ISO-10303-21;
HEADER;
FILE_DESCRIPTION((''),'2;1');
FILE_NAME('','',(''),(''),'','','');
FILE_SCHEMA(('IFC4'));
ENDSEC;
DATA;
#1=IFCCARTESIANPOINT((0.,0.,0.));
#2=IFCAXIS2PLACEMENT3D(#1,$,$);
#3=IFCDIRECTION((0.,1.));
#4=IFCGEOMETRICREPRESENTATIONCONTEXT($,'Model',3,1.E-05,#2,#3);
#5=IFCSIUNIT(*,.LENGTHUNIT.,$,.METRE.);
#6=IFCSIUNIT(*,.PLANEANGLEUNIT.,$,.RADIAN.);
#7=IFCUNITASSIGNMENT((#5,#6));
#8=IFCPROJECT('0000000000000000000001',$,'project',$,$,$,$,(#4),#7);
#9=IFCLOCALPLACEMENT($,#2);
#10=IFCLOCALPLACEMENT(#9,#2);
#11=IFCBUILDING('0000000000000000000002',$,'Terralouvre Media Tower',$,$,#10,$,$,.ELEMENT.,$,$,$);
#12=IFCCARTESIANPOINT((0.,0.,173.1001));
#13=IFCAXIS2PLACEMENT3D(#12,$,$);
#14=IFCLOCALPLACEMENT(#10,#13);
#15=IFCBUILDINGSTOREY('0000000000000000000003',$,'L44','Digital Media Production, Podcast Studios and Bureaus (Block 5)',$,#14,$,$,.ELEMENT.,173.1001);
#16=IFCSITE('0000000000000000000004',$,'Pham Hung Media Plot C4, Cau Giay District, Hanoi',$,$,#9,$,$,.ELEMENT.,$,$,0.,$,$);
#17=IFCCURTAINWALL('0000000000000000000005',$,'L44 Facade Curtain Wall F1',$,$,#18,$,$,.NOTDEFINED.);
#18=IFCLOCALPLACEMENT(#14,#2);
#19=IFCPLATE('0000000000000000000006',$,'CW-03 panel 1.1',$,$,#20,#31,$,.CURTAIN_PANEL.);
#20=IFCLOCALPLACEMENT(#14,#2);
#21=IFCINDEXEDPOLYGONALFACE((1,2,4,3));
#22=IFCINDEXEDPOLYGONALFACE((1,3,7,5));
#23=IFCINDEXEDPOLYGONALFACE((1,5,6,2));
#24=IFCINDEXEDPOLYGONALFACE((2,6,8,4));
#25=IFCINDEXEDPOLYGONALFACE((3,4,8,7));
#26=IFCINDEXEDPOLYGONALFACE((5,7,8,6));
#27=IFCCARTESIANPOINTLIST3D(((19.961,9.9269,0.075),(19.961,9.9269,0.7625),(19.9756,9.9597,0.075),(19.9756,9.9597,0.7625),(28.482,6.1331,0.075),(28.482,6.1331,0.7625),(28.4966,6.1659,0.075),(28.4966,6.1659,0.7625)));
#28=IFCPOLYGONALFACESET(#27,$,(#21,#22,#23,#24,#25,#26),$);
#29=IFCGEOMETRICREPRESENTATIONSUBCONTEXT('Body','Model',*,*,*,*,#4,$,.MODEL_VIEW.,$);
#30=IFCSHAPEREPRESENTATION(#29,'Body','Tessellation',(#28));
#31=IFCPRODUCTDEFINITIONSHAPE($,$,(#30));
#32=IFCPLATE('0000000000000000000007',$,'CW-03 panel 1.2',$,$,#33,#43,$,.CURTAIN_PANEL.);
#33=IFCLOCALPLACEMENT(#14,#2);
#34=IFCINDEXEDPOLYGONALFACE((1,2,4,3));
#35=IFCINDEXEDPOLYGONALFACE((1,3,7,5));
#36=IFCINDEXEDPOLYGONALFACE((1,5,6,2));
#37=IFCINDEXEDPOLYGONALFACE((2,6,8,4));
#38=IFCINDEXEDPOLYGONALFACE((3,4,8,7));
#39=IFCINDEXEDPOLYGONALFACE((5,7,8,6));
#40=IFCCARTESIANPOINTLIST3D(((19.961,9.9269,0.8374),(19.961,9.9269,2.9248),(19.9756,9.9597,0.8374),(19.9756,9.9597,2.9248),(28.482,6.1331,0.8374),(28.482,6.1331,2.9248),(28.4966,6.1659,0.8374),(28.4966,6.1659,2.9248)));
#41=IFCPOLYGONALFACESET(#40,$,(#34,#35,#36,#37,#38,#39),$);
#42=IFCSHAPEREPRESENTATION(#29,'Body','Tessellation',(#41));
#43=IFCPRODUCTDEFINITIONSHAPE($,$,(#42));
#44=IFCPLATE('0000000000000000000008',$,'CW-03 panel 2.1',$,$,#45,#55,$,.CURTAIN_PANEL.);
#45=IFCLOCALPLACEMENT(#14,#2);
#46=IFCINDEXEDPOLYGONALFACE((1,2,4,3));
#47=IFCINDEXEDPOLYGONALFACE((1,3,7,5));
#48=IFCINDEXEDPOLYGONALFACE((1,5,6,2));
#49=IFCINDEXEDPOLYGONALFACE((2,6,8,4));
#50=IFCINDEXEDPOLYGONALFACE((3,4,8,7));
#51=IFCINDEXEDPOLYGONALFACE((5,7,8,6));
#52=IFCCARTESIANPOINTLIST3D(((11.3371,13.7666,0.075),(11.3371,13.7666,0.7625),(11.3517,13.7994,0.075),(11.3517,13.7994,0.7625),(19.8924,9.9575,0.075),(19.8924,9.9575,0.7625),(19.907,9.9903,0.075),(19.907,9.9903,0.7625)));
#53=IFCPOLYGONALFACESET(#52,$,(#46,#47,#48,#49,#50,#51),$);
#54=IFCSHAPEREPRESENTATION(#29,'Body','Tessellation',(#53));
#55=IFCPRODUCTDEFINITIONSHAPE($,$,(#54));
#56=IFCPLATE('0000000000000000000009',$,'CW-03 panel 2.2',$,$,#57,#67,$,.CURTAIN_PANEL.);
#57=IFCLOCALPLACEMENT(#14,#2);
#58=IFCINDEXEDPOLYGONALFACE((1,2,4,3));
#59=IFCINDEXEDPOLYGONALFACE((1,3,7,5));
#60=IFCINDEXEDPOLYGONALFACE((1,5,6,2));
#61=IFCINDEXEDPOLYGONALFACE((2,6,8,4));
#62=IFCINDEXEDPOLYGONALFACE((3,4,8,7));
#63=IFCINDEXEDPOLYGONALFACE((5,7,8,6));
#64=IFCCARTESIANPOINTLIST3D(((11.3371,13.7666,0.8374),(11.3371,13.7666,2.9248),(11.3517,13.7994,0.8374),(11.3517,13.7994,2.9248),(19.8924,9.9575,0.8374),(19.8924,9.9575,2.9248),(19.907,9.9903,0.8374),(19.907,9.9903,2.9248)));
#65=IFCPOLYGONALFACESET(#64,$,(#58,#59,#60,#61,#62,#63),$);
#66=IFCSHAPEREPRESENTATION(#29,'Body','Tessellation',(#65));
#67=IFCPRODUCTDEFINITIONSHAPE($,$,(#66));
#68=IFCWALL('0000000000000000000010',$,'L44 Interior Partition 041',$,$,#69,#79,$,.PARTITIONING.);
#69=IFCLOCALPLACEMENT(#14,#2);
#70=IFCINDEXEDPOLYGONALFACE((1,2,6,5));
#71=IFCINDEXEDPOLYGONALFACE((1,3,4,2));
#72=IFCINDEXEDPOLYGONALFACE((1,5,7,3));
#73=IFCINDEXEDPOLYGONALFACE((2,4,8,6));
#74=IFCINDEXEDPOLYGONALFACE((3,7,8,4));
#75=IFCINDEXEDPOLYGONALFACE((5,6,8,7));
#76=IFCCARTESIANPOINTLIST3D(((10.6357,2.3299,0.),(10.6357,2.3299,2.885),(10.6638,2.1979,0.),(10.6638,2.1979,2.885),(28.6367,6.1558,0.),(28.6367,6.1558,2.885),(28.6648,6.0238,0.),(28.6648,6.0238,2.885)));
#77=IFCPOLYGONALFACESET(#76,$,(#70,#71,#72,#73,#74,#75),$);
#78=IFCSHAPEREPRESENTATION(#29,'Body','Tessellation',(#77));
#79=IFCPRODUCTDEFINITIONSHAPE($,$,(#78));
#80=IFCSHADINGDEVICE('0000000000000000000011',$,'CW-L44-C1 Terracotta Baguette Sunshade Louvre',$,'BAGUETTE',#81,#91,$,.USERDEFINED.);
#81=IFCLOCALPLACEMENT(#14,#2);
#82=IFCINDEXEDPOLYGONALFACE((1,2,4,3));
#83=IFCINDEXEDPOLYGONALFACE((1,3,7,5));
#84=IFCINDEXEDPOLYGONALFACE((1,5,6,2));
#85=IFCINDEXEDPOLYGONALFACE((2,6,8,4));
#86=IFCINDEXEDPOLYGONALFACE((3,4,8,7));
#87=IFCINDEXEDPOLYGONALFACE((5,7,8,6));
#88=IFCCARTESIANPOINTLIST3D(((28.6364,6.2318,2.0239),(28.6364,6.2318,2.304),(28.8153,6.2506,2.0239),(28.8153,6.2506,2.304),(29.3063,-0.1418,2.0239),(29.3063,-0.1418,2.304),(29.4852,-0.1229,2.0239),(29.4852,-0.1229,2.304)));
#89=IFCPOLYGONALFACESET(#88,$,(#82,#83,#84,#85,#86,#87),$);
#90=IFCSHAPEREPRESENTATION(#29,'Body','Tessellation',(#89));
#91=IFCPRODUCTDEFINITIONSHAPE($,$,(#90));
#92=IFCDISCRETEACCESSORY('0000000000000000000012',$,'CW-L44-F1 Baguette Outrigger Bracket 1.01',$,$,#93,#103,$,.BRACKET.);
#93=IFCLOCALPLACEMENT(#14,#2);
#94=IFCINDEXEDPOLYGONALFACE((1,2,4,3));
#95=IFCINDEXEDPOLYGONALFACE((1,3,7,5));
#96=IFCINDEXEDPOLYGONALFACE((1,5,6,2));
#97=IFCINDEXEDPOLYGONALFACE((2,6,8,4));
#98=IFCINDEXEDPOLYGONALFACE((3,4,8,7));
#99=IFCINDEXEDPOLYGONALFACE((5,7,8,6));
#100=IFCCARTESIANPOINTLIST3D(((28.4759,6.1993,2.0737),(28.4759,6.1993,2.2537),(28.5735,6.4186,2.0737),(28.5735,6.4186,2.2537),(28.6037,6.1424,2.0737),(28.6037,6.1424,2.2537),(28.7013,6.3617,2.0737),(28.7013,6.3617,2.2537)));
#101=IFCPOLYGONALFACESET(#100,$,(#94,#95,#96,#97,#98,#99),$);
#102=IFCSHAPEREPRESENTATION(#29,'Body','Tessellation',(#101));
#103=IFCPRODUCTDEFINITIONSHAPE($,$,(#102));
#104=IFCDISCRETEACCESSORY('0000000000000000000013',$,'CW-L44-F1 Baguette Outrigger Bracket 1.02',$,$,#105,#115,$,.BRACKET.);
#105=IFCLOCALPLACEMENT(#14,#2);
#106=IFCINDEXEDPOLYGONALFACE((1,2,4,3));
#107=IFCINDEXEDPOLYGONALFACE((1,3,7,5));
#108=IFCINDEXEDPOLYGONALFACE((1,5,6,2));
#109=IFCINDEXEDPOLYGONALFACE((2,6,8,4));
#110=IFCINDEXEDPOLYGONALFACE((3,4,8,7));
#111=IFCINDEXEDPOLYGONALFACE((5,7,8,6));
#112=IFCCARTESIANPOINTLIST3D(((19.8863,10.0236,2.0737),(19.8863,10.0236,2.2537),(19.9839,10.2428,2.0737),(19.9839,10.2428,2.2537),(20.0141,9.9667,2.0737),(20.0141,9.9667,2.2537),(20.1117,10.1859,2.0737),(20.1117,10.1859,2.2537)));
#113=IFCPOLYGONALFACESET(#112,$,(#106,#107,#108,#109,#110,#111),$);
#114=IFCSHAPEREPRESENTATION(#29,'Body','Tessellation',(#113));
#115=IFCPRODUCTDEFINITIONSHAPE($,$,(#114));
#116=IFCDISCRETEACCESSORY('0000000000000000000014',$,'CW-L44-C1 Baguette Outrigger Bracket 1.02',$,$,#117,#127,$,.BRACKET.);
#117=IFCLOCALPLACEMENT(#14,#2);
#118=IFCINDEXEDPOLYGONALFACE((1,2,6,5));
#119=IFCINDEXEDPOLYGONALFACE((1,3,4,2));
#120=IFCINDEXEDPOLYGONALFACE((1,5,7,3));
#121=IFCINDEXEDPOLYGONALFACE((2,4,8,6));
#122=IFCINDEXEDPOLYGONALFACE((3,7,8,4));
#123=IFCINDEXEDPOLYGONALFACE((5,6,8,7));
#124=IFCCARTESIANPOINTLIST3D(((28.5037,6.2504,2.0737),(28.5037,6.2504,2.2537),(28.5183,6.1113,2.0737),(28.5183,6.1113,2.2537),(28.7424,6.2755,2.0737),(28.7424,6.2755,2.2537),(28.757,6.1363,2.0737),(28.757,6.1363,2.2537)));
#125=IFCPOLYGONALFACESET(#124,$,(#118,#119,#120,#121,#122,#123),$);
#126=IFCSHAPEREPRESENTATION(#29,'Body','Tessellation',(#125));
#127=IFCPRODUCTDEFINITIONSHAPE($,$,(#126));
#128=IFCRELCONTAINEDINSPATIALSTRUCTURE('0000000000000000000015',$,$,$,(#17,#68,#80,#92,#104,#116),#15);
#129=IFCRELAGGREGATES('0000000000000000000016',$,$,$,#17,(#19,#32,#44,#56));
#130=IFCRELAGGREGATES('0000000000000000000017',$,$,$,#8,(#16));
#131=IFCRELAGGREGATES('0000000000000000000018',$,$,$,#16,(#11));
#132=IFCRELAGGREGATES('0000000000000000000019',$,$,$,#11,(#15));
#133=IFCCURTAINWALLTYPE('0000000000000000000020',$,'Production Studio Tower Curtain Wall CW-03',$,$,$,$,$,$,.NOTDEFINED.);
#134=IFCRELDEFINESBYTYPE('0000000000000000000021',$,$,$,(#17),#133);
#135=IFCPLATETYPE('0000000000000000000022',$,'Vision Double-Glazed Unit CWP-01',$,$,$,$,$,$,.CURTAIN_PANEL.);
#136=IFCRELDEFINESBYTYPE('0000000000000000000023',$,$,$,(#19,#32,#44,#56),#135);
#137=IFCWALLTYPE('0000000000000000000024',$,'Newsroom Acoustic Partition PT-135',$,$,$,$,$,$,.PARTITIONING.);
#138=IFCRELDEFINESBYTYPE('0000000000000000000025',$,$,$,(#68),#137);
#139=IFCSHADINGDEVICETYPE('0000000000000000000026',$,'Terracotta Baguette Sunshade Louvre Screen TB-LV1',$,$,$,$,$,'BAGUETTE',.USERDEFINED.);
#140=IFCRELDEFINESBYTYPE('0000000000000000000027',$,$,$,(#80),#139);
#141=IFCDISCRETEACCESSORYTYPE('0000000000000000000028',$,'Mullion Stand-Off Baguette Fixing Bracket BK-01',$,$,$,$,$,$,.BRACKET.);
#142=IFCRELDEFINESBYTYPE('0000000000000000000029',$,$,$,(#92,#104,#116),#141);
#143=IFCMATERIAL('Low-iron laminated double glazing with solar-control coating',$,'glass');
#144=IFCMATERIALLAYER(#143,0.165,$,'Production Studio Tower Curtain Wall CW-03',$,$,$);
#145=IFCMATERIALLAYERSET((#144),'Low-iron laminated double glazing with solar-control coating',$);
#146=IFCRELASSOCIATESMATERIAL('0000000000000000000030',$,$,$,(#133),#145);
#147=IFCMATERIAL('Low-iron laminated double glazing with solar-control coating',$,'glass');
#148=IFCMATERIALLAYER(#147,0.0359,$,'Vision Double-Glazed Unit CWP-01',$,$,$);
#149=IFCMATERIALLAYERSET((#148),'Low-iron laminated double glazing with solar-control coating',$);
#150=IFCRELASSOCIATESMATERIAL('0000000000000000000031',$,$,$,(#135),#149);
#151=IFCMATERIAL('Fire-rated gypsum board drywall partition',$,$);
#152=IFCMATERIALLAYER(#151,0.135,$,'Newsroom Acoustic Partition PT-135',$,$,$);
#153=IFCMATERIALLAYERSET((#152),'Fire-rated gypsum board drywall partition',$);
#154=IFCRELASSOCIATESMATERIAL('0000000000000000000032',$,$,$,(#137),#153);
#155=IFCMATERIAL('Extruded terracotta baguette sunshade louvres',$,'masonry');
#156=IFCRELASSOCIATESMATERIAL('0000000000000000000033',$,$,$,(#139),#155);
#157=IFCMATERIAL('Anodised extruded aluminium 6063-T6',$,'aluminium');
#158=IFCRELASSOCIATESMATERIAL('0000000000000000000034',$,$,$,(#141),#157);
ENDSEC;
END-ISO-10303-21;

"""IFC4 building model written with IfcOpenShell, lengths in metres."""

from ifc_helpers import new_model, si_unit, direction, frame, frame_2d, origin, origin_2d, place, context, subcontext, project, spatial, rectangle, extrude, material, layer, layer_set, type_object, element, aggregate, save


model = new_model("IFC4")

# Units and contexts
model_context = context("Model", 3, precision=1e-05, world=origin(), true_north=direction((0.0, 1.0)))
body_context = subcontext(model_context, "Body", "Model", "MODEL_VIEW")
ifc_project = project(units=[si_unit("LENGTHUNIT", "METRE"), si_unit("PLANEANGLEUNIT", "RADIAN")], contexts=[model_context])

# Site, building, storey
site_placement = place(None, origin())
site = spatial("IfcSite", under=ifc_project, at=site_placement, Name="Pham Hung Media Plot C4, Cau Giay District, Hanoi", CompositionType="ELEMENT", RefElevation=0.0)
building_placement = place(site_placement, origin())
building = spatial("IfcBuilding", under=site, at=building_placement, Name="Terralouvre Media Tower", CompositionType="ELEMENT")
storey_placement = place(building_placement, frame((0.0, 0.0, 173.1001)))
storey = spatial("IfcBuildingStorey", under=building, at=storey_placement, Name="L44", Description="Digital Media Production, Podcast Studios and Bureaus (Block 5)", CompositionType="ELEMENT", Elevation=173.1001)

# Curtain wall
ifc_material_1 = material(Name="Low-iron laminated double glazing with solar-control coating", Category="glass")
ifc_layer_1 = layer(ifc_material_1, 0.165, Name="Production Studio Tower Curtain Wall CW-03")
ifc_layer_set_1 = layer_set([ifc_layer_1], Name="Low-iron laminated double glazing with solar-control coating")
curtain_wall_type_1 = type_object("IfcCurtainWallType", Name="Production Studio Tower Curtain Wall CW-03", PredefinedType="NOTDEFINED", material=ifc_layer_set_1)
curtain_wall_1_placement = place(storey_placement, origin())
curtain_wall_1 = element("IfcCurtainWall", 1, at=curtain_wall_1_placement, inside=storey, type_object=curtain_wall_type_1, Name="L44 Facade Curtain Wall F1", PredefinedType="NOTDEFINED")

# Plates
ifc_material_2 = material(Name="Low-iron laminated double glazing with solar-control coating", Category="glass")
ifc_layer_2 = layer(ifc_material_2, 0.0359, Name="Vision Double-Glazed Unit CWP-01")
ifc_layer_set_2 = layer_set([ifc_layer_2], Name="Low-iron laminated double glazing with solar-control coating")
plate_type_1 = type_object("IfcPlateType", Name="Vision Double-Glazed Unit CWP-01", PredefinedType="CURTAIN_PANEL", material=ifc_layer_set_2)
plate_1_placement = place(storey_placement, frame((24.2288, 8.0464, 0.075), z_axis=(0.0, 0.0, 1.0), x_axis=(-0.913545, 0.406737, 0.0)))
plate_1 = element("IfcPlate", 2, at=plate_1_placement, type_object=plate_type_1, Name="CW-03 panel 1.1", PredefinedType="CURTAIN_PANEL", context=body_context, shape_type="SweptSolid", body=[
    extrude(rectangle(XDim=9.3274, YDim=0.0359, at=origin_2d()), origin(), (0.0, 0.0, 1.0), 0.6875),
])
plate_2_placement = place(storey_placement, frame((24.2288, 8.0464, 0.8374), z_axis=(0.0, 0.0, 1.0), x_axis=(-0.913545, 0.406737, 0.0)))
plate_2 = element("IfcPlate", 3, at=plate_2_placement, type_object=plate_type_1, Name="CW-03 panel 1.2", PredefinedType="CURTAIN_PANEL", context=body_context, shape_type="SweptSolid", body=[
    extrude(rectangle(XDim=9.3274, YDim=0.0359, at=origin_2d()), origin(), (0.0, 0.0, 1.0), 2.0874),
])
plate_3_placement = place(storey_placement, frame((15.6221, 11.8784, 0.075), z_axis=(0.0, 0.0, 1.0), x_axis=(-0.913545, 0.406737, 0.0)))
plate_3 = element("IfcPlate", 4, at=plate_3_placement, type_object=plate_type_1, Name="CW-03 panel 2.1", PredefinedType="CURTAIN_PANEL", context=body_context, shape_type="SweptSolid", body=[
    extrude(rectangle(XDim=9.365, YDim=0.0359, at=origin_2d()), origin(), (0.0, 0.0, 1.0), 0.6875),
])
plate_4_placement = place(storey_placement, frame((15.6221, 11.8784, 0.8374), z_axis=(0.0, 0.0, 1.0), x_axis=(-0.913545, 0.406737, 0.0)))
plate_4 = element("IfcPlate", 5, at=plate_4_placement, type_object=plate_type_1, Name="CW-03 panel 2.2", PredefinedType="CURTAIN_PANEL", context=body_context, shape_type="SweptSolid", body=[
    extrude(rectangle(XDim=9.365, YDim=0.0359, at=origin_2d()), origin(), (0.0, 0.0, 1.0), 2.0874),
])
aggregate(curtain_wall_1, [plate_1, plate_2, plate_3, plate_4])

# Wall
ifc_material_3 = material(Name="Fire-rated gypsum board drywall partition")
ifc_layer_3 = layer(ifc_material_3, 0.135, Name="Newsroom Acoustic Partition PT-135")
ifc_layer_set_3 = layer_set([ifc_layer_3], Name="Fire-rated gypsum board drywall partition")
wall_type = type_object("IfcWallType", Name="Newsroom Acoustic Partition PT-135", PredefinedType="PARTITIONING", material=ifc_layer_set_3)
wall_placement = place(storey_placement, frame((28.6509, 6.0898, 0.0), z_axis=(0.0, 0.0, 1.0), x_axis=(-0.978151, -0.207896, 0.0)))
element("IfcWall", 6, at=wall_placement, inside=storey, type_object=wall_type, Name="L44 Interior Partition 041", PredefinedType="PARTITIONING", context=body_context, shape_type="SweptSolid", body=[
    extrude(rectangle(XDim=18.4031, YDim=0.135, at=frame_2d((9.2017, 0.0))), origin(), (0.0, 0.0, 1.0), 2.885),
])

# Shading device
ifc_material_4 = material(Name="Extruded terracotta baguette sunshade louvres", Category="masonry")
shading_device_type = type_object("IfcShadingDeviceType", Name="Terracotta Baguette Sunshade Louvre Screen TB-LV1", ElementType="BAGUETTE", PredefinedType="USERDEFINED", material=ifc_material_4)
shading_device_placement = place(storey_placement, frame((29.0608, 3.0544, 2.0239), z_axis=(0.0, 0.0, 1.0), x_axis=(-0.104529, 0.994522, 0.0)))
element("IfcShadingDevice", 7, at=shading_device_placement, inside=storey, type_object=shading_device_type, Name="CW-L44-C1 Terracotta Baguette Sunshade Louvre", ObjectType="BAGUETTE", PredefinedType="USERDEFINED", context=body_context, shape_type="SweptSolid", body=[
    extrude(rectangle(XDim=6.4087, YDim=0.1799, at=origin_2d()), origin(), (0.0, 0.0, 1.0), 0.28),
])

# Discrete accessories
ifc_material_5 = material(Name="Anodised extruded aluminium 6063-T6", Category="aluminium")
discrete_accessory_type = type_object("IfcDiscreteAccessoryType", Name="Mullion Stand-Off Baguette Fixing Bracket BK-01", PredefinedType="BRACKET", material=ifc_material_5)
for number, where, z_axis, x_axis, name in (
    (8, (28.5886, 6.2805, 2.0737), (0.0, 0.0, 1.0), (-0.913545, 0.406737, 0.0), "CW-L44-F1 Baguette Outrigger Bracket 1.01"),
    (9, (19.999, 10.1047, 2.0737), (0.0, 0.0, 1.0), (-0.913545, 0.406737, 0.0), "CW-L44-F1 Baguette Outrigger Bracket 1.02"),
    (10, (28.6304, 6.1934, 2.0737), (0.0, 0.0, 1.0), (-0.104529, 0.994522, 0.0), "CW-L44-C1 Baguette Outrigger Bracket 1.02"),
):
    element("IfcDiscreteAccessory", number, at=place(storey_placement, frame(where, z_axis=z_axis, x_axis=x_axis)), inside=storey, type_object=discrete_accessory_type, Name=name, PredefinedType="BRACKET", context=body_context, shape_type="SweptSolid", body=[
        extrude(rectangle(XDim=0.1399, YDim=0.24, at=origin_2d()), origin(), (0.0, 0.0, 1.0), 0.1799),
    ])

save(model, "model.ifc")
